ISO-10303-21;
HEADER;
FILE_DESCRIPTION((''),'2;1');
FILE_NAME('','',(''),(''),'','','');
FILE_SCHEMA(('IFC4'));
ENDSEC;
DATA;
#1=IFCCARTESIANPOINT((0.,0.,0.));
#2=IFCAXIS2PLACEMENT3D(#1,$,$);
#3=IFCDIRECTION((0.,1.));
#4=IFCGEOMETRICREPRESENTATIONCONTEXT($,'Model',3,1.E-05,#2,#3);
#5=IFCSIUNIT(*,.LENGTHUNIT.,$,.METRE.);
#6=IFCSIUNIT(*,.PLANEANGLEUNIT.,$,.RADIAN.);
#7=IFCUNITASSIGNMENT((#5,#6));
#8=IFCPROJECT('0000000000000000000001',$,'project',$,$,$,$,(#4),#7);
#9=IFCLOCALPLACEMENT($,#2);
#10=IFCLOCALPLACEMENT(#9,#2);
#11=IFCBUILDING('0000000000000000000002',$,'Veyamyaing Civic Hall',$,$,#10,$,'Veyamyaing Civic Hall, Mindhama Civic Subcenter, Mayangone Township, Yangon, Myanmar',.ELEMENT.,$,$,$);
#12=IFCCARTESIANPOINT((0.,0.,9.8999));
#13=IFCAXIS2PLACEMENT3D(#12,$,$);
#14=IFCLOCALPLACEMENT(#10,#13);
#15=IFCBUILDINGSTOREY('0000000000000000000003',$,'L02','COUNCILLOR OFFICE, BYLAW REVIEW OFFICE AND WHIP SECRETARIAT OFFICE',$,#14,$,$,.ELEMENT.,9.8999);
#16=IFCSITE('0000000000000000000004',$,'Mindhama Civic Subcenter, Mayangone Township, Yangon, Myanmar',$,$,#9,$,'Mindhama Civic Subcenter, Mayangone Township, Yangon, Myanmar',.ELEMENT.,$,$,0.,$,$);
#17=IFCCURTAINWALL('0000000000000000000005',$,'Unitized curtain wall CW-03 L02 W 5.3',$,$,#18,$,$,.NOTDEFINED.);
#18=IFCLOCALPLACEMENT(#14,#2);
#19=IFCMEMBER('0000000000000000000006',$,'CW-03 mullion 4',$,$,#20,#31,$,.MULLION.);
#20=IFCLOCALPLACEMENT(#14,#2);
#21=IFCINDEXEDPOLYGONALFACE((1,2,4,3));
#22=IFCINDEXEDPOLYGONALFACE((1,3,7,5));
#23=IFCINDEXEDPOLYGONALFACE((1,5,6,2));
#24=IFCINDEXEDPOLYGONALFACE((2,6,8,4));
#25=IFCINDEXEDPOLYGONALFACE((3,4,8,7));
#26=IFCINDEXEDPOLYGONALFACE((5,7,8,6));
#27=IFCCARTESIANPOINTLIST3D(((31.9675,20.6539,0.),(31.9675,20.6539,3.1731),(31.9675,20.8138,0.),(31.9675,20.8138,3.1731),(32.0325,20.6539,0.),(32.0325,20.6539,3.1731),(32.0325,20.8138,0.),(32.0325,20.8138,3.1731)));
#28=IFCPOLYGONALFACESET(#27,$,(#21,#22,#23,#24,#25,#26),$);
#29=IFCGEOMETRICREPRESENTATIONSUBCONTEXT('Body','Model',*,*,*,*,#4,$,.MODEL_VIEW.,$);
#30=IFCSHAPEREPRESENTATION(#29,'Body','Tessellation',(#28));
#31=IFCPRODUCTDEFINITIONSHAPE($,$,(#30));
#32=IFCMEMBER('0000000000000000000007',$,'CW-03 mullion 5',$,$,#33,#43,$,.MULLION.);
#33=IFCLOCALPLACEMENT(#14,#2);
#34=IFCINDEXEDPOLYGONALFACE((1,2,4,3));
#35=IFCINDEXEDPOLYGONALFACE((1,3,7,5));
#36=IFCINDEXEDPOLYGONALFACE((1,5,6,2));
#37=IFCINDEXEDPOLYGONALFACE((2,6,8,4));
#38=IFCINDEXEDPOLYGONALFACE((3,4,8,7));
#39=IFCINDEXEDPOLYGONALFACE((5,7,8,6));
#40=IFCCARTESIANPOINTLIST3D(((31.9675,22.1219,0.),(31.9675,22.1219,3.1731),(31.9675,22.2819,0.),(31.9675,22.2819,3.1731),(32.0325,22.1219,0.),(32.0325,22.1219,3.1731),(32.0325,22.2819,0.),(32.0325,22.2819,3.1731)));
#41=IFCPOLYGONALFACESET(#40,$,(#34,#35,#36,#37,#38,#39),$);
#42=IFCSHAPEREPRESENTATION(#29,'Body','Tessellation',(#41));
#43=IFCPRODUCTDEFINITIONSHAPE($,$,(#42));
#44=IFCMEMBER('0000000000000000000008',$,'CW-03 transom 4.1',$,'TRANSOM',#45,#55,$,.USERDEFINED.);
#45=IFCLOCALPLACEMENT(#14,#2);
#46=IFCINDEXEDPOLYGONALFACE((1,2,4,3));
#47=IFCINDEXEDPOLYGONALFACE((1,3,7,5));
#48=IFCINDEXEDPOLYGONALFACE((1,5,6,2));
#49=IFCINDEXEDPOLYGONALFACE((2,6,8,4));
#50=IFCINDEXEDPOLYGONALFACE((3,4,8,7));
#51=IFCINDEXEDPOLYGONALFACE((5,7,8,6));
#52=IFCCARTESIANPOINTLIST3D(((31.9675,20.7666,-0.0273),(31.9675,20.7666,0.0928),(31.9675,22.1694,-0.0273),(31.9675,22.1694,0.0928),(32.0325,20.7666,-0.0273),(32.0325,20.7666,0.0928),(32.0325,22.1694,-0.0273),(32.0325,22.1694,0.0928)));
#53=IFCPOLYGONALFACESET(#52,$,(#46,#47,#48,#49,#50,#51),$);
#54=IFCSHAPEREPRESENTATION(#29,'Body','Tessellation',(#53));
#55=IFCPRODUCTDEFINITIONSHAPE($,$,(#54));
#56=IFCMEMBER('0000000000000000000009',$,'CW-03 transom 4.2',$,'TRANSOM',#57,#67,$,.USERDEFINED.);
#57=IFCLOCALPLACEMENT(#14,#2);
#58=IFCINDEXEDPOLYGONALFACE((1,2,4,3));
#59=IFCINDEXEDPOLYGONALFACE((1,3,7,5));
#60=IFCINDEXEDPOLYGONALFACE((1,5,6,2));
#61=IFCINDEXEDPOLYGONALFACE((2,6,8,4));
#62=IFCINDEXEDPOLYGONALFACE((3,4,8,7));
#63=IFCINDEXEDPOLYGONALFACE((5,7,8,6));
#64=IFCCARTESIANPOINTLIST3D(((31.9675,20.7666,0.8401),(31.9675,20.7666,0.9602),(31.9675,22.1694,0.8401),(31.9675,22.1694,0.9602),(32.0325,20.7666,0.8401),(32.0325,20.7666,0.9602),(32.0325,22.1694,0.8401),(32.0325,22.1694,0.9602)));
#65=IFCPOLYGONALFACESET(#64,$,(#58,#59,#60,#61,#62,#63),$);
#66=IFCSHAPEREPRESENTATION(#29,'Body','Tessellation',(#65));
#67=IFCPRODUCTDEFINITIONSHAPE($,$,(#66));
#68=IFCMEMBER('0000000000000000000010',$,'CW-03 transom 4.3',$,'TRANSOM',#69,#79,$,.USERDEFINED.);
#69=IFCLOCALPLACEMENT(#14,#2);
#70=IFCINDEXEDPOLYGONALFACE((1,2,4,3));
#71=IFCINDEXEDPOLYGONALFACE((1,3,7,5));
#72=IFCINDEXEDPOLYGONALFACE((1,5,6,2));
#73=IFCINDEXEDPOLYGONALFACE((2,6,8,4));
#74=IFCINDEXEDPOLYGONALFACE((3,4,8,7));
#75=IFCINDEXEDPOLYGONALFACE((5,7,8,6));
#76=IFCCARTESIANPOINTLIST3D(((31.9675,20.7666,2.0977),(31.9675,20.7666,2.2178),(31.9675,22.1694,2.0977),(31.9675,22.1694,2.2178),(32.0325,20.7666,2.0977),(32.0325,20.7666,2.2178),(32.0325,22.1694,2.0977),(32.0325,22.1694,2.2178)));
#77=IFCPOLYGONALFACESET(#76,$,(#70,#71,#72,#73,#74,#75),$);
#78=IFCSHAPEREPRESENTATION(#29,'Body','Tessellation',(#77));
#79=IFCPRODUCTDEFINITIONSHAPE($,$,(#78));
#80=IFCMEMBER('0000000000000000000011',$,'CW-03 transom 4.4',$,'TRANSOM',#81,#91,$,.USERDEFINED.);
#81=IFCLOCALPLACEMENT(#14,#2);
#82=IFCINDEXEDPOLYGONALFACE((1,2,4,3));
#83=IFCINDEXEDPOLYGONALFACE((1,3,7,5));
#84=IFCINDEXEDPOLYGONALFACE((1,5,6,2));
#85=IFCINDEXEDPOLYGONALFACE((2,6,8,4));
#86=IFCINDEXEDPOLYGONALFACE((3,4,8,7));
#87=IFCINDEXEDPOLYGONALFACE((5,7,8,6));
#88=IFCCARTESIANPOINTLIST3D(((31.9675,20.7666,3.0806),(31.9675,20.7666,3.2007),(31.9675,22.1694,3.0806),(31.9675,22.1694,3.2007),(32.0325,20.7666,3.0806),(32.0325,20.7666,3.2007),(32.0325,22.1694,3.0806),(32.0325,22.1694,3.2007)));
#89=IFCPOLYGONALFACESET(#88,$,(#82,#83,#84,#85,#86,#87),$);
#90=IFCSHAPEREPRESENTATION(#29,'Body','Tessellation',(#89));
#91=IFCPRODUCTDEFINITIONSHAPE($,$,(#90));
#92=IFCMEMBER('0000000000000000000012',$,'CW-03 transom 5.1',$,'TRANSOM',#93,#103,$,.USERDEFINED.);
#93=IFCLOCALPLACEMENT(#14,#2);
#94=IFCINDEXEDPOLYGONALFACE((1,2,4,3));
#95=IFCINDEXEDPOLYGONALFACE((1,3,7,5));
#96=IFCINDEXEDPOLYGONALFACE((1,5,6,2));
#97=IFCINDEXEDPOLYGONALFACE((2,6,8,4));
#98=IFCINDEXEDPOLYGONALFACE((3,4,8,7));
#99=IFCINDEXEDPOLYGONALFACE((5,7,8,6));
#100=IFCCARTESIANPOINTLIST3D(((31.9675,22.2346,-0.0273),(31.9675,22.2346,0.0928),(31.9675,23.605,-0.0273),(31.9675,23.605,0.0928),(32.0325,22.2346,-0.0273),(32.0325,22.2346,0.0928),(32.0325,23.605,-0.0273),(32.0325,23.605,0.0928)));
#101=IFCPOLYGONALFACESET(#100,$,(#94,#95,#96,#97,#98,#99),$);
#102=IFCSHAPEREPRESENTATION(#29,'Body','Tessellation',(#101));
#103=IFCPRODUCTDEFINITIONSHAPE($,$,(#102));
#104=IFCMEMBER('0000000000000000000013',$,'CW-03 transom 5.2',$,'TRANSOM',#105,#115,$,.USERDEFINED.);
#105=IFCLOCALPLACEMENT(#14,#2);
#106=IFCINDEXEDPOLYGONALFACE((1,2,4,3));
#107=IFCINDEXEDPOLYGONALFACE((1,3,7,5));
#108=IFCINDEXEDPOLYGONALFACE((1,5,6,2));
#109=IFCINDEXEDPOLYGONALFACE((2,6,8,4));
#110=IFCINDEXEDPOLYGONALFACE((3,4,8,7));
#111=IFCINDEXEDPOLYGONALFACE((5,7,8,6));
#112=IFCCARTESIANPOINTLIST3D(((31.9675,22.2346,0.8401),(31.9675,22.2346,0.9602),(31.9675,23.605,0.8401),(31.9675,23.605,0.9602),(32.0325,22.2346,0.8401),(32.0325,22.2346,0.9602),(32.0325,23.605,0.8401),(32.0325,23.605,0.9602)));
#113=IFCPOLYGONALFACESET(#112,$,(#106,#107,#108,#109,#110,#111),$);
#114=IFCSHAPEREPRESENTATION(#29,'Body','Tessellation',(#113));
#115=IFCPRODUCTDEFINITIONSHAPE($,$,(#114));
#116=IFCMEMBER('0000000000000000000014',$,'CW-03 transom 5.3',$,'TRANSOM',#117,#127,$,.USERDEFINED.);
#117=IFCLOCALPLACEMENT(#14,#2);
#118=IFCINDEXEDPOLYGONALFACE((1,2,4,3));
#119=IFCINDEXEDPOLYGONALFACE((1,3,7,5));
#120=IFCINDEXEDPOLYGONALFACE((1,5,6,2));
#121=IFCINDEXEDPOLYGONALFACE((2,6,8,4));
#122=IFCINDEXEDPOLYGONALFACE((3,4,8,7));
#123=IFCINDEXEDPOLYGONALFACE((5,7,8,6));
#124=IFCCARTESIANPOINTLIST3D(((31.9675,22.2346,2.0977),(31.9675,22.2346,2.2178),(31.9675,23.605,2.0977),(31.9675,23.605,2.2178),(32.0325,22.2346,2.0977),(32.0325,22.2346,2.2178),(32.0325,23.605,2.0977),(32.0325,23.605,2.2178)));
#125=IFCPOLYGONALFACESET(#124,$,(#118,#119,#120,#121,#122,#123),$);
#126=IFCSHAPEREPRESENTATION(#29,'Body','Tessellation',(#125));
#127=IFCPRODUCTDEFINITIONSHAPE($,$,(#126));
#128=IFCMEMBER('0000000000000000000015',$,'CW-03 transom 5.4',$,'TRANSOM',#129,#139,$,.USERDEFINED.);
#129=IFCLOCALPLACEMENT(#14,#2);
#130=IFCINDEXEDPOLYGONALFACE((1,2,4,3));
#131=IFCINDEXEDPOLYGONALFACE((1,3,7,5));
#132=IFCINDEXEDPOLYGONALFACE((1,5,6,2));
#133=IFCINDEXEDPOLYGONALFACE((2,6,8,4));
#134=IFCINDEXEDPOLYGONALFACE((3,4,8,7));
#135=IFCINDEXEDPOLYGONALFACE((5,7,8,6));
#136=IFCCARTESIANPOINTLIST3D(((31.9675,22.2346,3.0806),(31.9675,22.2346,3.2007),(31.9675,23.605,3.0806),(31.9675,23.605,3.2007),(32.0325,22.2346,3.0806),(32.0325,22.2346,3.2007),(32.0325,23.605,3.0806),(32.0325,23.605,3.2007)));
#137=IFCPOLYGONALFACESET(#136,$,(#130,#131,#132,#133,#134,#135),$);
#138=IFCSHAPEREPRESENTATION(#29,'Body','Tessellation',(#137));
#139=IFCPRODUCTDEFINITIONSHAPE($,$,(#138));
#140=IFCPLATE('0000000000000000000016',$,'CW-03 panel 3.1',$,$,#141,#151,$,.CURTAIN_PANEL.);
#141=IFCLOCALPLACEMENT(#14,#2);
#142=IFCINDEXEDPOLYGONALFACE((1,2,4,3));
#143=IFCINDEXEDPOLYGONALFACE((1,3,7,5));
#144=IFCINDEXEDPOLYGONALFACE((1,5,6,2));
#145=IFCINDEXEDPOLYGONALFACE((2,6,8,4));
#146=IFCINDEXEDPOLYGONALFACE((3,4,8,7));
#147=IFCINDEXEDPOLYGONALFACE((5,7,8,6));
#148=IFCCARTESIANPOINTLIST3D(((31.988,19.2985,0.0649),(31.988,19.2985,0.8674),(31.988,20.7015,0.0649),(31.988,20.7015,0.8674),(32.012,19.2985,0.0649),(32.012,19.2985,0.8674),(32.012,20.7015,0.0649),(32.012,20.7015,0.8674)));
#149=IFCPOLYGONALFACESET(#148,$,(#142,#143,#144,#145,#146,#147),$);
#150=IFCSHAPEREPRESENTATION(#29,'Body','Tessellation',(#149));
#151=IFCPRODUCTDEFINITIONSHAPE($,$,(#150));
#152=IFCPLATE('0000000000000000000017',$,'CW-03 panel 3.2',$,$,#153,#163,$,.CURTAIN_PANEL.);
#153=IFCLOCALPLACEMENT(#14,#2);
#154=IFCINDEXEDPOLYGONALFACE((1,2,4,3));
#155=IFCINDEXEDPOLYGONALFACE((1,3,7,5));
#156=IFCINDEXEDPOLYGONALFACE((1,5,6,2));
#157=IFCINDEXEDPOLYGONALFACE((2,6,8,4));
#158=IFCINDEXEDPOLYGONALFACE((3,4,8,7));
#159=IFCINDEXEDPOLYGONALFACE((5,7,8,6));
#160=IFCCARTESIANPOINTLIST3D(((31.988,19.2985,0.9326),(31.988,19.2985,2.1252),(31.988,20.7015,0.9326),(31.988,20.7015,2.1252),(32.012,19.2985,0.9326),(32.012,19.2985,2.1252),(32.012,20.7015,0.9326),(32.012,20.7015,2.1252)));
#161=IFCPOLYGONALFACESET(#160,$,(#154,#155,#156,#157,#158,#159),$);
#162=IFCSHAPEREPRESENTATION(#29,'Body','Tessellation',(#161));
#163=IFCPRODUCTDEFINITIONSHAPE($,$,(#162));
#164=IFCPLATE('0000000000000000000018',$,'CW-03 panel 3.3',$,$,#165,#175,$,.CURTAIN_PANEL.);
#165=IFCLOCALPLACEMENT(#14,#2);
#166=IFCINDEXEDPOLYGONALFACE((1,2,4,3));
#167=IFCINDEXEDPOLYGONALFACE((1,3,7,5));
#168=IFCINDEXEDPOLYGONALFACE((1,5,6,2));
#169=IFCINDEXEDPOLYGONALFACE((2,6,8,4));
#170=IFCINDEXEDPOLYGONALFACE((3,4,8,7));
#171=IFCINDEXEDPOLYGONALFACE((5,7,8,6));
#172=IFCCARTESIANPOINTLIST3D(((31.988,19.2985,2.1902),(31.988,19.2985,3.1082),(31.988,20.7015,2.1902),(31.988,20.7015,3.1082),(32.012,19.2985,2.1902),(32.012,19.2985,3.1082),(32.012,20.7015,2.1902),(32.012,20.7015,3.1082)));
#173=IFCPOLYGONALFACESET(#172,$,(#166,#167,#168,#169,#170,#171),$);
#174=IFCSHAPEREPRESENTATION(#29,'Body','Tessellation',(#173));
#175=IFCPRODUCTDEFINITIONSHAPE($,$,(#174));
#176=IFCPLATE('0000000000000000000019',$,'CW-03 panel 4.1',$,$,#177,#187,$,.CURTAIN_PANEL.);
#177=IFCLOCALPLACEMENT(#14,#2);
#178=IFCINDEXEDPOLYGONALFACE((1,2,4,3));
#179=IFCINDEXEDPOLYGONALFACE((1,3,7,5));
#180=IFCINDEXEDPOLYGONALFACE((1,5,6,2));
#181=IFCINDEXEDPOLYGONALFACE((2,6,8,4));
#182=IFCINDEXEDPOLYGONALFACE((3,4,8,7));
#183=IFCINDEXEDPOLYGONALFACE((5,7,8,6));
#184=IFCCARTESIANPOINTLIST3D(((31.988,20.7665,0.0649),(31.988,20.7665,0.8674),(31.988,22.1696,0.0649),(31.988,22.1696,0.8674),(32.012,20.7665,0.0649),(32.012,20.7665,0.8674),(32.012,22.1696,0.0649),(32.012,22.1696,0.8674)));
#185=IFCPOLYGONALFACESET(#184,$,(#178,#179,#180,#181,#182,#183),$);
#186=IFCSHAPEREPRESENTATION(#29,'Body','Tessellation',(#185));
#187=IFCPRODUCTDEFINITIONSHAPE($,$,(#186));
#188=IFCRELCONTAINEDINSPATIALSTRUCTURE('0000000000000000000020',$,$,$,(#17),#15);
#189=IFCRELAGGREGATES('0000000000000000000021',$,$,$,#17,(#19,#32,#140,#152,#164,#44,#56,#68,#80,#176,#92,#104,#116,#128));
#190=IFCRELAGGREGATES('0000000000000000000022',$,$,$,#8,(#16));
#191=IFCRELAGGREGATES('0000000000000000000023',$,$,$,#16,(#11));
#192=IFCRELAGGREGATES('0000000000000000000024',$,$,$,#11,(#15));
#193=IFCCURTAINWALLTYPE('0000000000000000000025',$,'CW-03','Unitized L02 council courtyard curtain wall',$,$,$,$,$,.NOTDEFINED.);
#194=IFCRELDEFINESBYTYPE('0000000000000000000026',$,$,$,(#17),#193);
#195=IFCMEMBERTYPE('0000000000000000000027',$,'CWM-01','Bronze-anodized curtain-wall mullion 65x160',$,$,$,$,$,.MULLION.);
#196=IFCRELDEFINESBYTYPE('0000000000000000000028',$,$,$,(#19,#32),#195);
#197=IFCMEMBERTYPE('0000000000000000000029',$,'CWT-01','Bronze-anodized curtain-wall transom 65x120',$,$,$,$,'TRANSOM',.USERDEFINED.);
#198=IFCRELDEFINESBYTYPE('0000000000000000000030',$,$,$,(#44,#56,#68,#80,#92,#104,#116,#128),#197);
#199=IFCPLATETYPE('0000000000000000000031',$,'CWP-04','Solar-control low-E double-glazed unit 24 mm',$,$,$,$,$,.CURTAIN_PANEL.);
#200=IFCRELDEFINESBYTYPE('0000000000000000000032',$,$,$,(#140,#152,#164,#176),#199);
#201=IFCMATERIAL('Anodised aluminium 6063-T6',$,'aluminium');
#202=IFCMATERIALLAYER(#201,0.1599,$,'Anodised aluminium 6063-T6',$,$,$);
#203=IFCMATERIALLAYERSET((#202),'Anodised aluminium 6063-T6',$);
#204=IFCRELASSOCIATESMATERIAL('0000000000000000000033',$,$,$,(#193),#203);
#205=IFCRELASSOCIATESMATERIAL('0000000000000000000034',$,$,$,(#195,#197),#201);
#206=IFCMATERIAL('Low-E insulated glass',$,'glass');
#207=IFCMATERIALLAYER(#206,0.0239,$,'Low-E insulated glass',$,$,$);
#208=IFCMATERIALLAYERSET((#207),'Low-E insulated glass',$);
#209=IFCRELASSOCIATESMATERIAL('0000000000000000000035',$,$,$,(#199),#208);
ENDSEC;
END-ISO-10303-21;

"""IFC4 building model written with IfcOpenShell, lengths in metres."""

from ifc_helpers import new_model, si_unit, direction, frame, origin, origin_2d, place, context, subcontext, project, spatial, rectangle, extrude, material, layer, layer_set, material_profile, profile_set, type_object, element, aggregate, save


model = new_model("IFC4")

# Units and contexts
model_context = context("Model", 3, precision=1e-05, world=origin(), true_north=direction((0.0, 1.0)))
body_context = subcontext(model_context, "Body", "Model", "MODEL_VIEW")
ifc_project = project(units=[si_unit("LENGTHUNIT", "METRE"), si_unit("PLANEANGLEUNIT", "RADIAN")], contexts=[model_context])

# Site, building, storey
site_placement = place(None, origin())
site = spatial("IfcSite", under=ifc_project, at=site_placement, Name="Mindhama Civic Subcenter, Mayangone Township, Yangon, Myanmar", LongName="Mindhama Civic Subcenter, Mayangone Township, Yangon, Myanmar", CompositionType="ELEMENT", RefElevation=0.0)
building_placement = place(site_placement, origin())
building = spatial("IfcBuilding", under=site, at=building_placement, Name="Veyamyaing Civic Hall", LongName="Veyamyaing Civic Hall, Mindhama Civic Subcenter, Mayangone Township, Yangon, Myanmar", CompositionType="ELEMENT")
storey_placement = place(building_placement, frame((0.0, 0.0, 9.8999)))
storey = spatial("IfcBuildingStorey", under=building, at=storey_placement, Name="L02", Description="COUNCILLOR OFFICE, BYLAW REVIEW OFFICE AND WHIP SECRETARIAT OFFICE", CompositionType="ELEMENT", Elevation=9.8999)

# Curtain wall, members, plates
ifc_material_1 = material(Name="Anodised aluminium 6063-T6", Category="aluminium")
ifc_layer_1 = layer(ifc_material_1, 0.1599, Name="Anodised aluminium 6063-T6")
ifc_layer_set_1 = layer_set([ifc_layer_1], Name="Anodised aluminium 6063-T6")
curtain_wall_type = type_object("IfcCurtainWallType", Name="CW-03", Description="Unitized L02 council courtyard curtain wall", PredefinedType="NOTDEFINED", material=ifc_layer_set_1)
curtain_wall_placement = place(storey_placement, origin())
curtain_wall = element("IfcCurtainWall", 1, at=curtain_wall_placement, inside=storey, type_object=curtain_wall_type, Name="Unitized curtain wall CW-03 L02 W 5.3", PredefinedType="NOTDEFINED")
ifc_material_profile_1 = material_profile(ifc_material_1, rectangle(XDim=0.0649, YDim=0.1599, at=origin_2d()), Name="ALU-MUL-65X160")
ifc_profile_set_1 = profile_set([ifc_material_profile_1], Name="Anodised aluminium 6063-T6")
member_type_1 = type_object("IfcMemberType", Name="CWM-01", Description="Bronze-anodized curtain-wall mullion 65x160", PredefinedType="MULLION", material=ifc_profile_set_1)
member_1_placement = place(storey_placement, frame((32.0, 20.7339, 0.0), z_axis=(0.0, 0.0, 1.0), x_axis=(-1.0, 0.0, 0.0)))
member_1 = element("IfcMember", 2, at=member_1_placement, type_object=member_type_1, Name="CW-03 mullion 4", PredefinedType="MULLION", context=body_context, shape_type="SweptSolid", body=[
    extrude(rectangle(XDim=0.0649, YDim=0.1599, at=origin_2d()), origin(), (0.0, 0.0, 1.0), 3.1731),
])
member_2_placement = place(storey_placement, frame((32.0, 22.2019, 0.0), z_axis=(0.0, 0.0, 1.0), x_axis=(-1.0, 0.0, 0.0)))
member_2 = element("IfcMember", 3, at=member_2_placement, type_object=member_type_1, Name="CW-03 mullion 5", PredefinedType="MULLION", context=body_context, shape_type="SweptSolid", body=[
    extrude(rectangle(XDim=0.0649, YDim=0.1599, at=origin_2d()), origin(), (0.0, 0.0, 1.0), 3.1731),
])
ifc_material_profile_2 = material_profile(ifc_material_1, rectangle(XDim=0.0649, YDim=0.1201, at=origin_2d()), Name="ALU-TRN-65X120")
ifc_profile_set_2 = profile_set([ifc_material_profile_2], Name="Anodised aluminium 6063-T6")
member_type_2 = type_object("IfcMemberType", Name="CWT-01", Description="Bronze-anodized curtain-wall transom 65x120", ElementType="TRANSOM", PredefinedType="USERDEFINED", material=ifc_profile_set_2)
member_3_placement = place(storey_placement, frame((32.0, 20.7666, 0.0327), z_axis=(0.0, 1.0, 0.0), x_axis=(-1.0, 0.0, 0.0)))
member_3 = element("IfcMember", 4, at=member_3_placement, type_object=member_type_2, Name="CW-03 transom 4.1", ObjectType="TRANSOM", PredefinedType="USERDEFINED", context=body_context, shape_type="SweptSolid", body=[
    extrude(rectangle(XDim=0.0649, YDim=0.1201, at=origin_2d()), origin(), (0.0, 0.0, 1.0), 1.4028),
])
member_4_placement = place(storey_placement, frame((32.0, 20.7666, 0.9001), z_axis=(0.0, 1.0, 0.0), x_axis=(-1.0, 0.0, 0.0)))
member_4 = element("IfcMember", 5, at=member_4_placement, type_object=member_type_2, Name="CW-03 transom 4.2", ObjectType="TRANSOM", PredefinedType="USERDEFINED", context=body_context, shape_type="SweptSolid", body=[
    extrude(rectangle(XDim=0.0649, YDim=0.1201, at=origin_2d()), origin(), (0.0, 0.0, 1.0), 1.4028),
])
member_5_placement = place(storey_placement, frame((32.0, 20.7666, 2.1577), z_axis=(0.0, 1.0, 0.0), x_axis=(-1.0, 0.0, 0.0)))
member_5 = element("IfcMember", 6, at=member_5_placement, type_object=member_type_2, Name="CW-03 transom 4.3", ObjectType="TRANSOM", PredefinedType="USERDEFINED", context=body_context, shape_type="SweptSolid", body=[
    extrude(rectangle(XDim=0.0649, YDim=0.1201, at=origin_2d()), origin(), (0.0, 0.0, 1.0), 1.4028),
])
member_6_placement = place(storey_placement, frame((32.0, 20.7666, 3.1406), z_axis=(0.0, 1.0, 0.0), x_axis=(-1.0, 0.0, 0.0)))
member_6 = element("IfcMember", 7, at=member_6_placement, type_object=member_type_2, Name="CW-03 transom 4.4", ObjectType="TRANSOM", PredefinedType="USERDEFINED", context=body_context, shape_type="SweptSolid", body=[
    extrude(rectangle(XDim=0.0649, YDim=0.1201, at=origin_2d()), origin(), (0.0, 0.0, 1.0), 1.4028),
])
member_7_placement = place(storey_placement, frame((32.0, 22.2346, 0.0327), z_axis=(0.0, 1.0, 0.0), x_axis=(-1.0, 0.0, 0.0)))
member_7 = element("IfcMember", 8, at=member_7_placement, type_object=member_type_2, Name="CW-03 transom 5.1", ObjectType="TRANSOM", PredefinedType="USERDEFINED", context=body_context, shape_type="SweptSolid", body=[
    extrude(rectangle(XDim=0.0649, YDim=0.1201, at=origin_2d()), origin(), (0.0, 0.0, 1.0), 1.3704),
])
member_8_placement = place(storey_placement, frame((32.0, 22.2346, 0.9001), z_axis=(0.0, 1.0, 0.0), x_axis=(-1.0, 0.0, 0.0)))
member_8 = element("IfcMember", 9, at=member_8_placement, type_object=member_type_2, Name="CW-03 transom 5.2", ObjectType="TRANSOM", PredefinedType="USERDEFINED", context=body_context, shape_type="SweptSolid", body=[
    extrude(rectangle(XDim=0.0649, YDim=0.1201, at=origin_2d()), origin(), (0.0, 0.0, 1.0), 1.3704),
])
member_9_placement = place(storey_placement, frame((32.0, 22.2346, 2.1577), z_axis=(0.0, 1.0, 0.0), x_axis=(-1.0, 0.0, 0.0)))
member_9 = element("IfcMember", 10, at=member_9_placement, type_object=member_type_2, Name="CW-03 transom 5.3", ObjectType="TRANSOM", PredefinedType="USERDEFINED", context=body_context, shape_type="SweptSolid", body=[
    extrude(rectangle(XDim=0.0649, YDim=0.1201, at=origin_2d()), origin(), (0.0, 0.0, 1.0), 1.3704),
])
member_10_placement = place(storey_placement, frame((32.0, 22.2346, 3.1406), z_axis=(0.0, 1.0, 0.0), x_axis=(-1.0, 0.0, 0.0)))
member_10 = element("IfcMember", 11, at=member_10_placement, type_object=member_type_2, Name="CW-03 transom 5.4", ObjectType="TRANSOM", PredefinedType="USERDEFINED", context=body_context, shape_type="SweptSolid", body=[
    extrude(rectangle(XDim=0.0649, YDim=0.1201, at=origin_2d()), origin(), (0.0, 0.0, 1.0), 1.3704),
])
ifc_material_2 = material(Name="Low-E insulated glass", Category="glass")
ifc_layer_2 = layer(ifc_material_2, 0.0239, Name="Low-E insulated glass")
ifc_layer_set_2 = layer_set([ifc_layer_2], Name="Low-E insulated glass")
plate_type = type_object("IfcPlateType", Name="CWP-04", Description="Solar-control low-E double-glazed unit 24 mm", PredefinedType="CURTAIN_PANEL", material=ifc_layer_set_2)
plate_1_placement = place(storey_placement, frame((32.0, 20.0, 0.0649), z_axis=(0.0, 0.0, 1.0), x_axis=(0.0, 1.0, 0.0)))
plate_1 = element("IfcPlate", 12, at=plate_1_placement, type_object=plate_type, Name="CW-03 panel 3.1", PredefinedType="CURTAIN_PANEL", context=body_context, shape_type="SweptSolid", body=[
    extrude(rectangle(XDim=1.4031, YDim=0.0239, at=origin_2d()), origin(), (0.0, 0.0, 1.0), 0.8025),
])
plate_2_placement = place(storey_placement, frame((32.0, 20.0, 0.9326), z_axis=(0.0, 0.0, 1.0), x_axis=(0.0, 1.0, 0.0)))
plate_2 = element("IfcPlate", 13, at=plate_2_placement, type_object=plate_type, Name="CW-03 panel 3.2", PredefinedType="CURTAIN_PANEL", context=body_context, shape_type="SweptSolid", body=[
    extrude(rectangle(XDim=1.4031, YDim=0.0239, at=origin_2d()), origin(), (0.0, 0.0, 1.0), 1.1926),
])
plate_3_placement = place(storey_placement, frame((32.0, 20.0, 2.1902), z_axis=(0.0, 0.0, 1.0), x_axis=(0.0, 1.0, 0.0)))
plate_3 = element("IfcPlate", 14, at=plate_3_placement, type_object=plate_type, Name="CW-03 panel 3.3", PredefinedType="CURTAIN_PANEL", context=body_context, shape_type="SweptSolid", body=[
    extrude(rectangle(XDim=1.4031, YDim=0.0239, at=origin_2d()), origin(), (0.0, 0.0, 1.0), 0.918),
])
plate_4_placement = place(storey_placement, frame((32.0, 21.468, 0.0649), z_axis=(0.0, 0.0, 1.0), x_axis=(0.0, 1.0, 0.0)))
plate_4 = element("IfcPlate", 15, at=plate_4_placement, type_object=plate_type, Name="CW-03 panel 4.1", PredefinedType="CURTAIN_PANEL", context=body_context, shape_type="SweptSolid", body=[
    extrude(rectangle(XDim=1.4031, YDim=0.0239, at=origin_2d()), origin(), (0.0, 0.0, 1.0), 0.8025),
])
aggregate(curtain_wall, [member_1, member_2, plate_1, plate_2, plate_3, member_3, member_4, member_5, member_6, plate_4, member_7, member_8, member_9, member_10])

save(model, "model.ifc")
